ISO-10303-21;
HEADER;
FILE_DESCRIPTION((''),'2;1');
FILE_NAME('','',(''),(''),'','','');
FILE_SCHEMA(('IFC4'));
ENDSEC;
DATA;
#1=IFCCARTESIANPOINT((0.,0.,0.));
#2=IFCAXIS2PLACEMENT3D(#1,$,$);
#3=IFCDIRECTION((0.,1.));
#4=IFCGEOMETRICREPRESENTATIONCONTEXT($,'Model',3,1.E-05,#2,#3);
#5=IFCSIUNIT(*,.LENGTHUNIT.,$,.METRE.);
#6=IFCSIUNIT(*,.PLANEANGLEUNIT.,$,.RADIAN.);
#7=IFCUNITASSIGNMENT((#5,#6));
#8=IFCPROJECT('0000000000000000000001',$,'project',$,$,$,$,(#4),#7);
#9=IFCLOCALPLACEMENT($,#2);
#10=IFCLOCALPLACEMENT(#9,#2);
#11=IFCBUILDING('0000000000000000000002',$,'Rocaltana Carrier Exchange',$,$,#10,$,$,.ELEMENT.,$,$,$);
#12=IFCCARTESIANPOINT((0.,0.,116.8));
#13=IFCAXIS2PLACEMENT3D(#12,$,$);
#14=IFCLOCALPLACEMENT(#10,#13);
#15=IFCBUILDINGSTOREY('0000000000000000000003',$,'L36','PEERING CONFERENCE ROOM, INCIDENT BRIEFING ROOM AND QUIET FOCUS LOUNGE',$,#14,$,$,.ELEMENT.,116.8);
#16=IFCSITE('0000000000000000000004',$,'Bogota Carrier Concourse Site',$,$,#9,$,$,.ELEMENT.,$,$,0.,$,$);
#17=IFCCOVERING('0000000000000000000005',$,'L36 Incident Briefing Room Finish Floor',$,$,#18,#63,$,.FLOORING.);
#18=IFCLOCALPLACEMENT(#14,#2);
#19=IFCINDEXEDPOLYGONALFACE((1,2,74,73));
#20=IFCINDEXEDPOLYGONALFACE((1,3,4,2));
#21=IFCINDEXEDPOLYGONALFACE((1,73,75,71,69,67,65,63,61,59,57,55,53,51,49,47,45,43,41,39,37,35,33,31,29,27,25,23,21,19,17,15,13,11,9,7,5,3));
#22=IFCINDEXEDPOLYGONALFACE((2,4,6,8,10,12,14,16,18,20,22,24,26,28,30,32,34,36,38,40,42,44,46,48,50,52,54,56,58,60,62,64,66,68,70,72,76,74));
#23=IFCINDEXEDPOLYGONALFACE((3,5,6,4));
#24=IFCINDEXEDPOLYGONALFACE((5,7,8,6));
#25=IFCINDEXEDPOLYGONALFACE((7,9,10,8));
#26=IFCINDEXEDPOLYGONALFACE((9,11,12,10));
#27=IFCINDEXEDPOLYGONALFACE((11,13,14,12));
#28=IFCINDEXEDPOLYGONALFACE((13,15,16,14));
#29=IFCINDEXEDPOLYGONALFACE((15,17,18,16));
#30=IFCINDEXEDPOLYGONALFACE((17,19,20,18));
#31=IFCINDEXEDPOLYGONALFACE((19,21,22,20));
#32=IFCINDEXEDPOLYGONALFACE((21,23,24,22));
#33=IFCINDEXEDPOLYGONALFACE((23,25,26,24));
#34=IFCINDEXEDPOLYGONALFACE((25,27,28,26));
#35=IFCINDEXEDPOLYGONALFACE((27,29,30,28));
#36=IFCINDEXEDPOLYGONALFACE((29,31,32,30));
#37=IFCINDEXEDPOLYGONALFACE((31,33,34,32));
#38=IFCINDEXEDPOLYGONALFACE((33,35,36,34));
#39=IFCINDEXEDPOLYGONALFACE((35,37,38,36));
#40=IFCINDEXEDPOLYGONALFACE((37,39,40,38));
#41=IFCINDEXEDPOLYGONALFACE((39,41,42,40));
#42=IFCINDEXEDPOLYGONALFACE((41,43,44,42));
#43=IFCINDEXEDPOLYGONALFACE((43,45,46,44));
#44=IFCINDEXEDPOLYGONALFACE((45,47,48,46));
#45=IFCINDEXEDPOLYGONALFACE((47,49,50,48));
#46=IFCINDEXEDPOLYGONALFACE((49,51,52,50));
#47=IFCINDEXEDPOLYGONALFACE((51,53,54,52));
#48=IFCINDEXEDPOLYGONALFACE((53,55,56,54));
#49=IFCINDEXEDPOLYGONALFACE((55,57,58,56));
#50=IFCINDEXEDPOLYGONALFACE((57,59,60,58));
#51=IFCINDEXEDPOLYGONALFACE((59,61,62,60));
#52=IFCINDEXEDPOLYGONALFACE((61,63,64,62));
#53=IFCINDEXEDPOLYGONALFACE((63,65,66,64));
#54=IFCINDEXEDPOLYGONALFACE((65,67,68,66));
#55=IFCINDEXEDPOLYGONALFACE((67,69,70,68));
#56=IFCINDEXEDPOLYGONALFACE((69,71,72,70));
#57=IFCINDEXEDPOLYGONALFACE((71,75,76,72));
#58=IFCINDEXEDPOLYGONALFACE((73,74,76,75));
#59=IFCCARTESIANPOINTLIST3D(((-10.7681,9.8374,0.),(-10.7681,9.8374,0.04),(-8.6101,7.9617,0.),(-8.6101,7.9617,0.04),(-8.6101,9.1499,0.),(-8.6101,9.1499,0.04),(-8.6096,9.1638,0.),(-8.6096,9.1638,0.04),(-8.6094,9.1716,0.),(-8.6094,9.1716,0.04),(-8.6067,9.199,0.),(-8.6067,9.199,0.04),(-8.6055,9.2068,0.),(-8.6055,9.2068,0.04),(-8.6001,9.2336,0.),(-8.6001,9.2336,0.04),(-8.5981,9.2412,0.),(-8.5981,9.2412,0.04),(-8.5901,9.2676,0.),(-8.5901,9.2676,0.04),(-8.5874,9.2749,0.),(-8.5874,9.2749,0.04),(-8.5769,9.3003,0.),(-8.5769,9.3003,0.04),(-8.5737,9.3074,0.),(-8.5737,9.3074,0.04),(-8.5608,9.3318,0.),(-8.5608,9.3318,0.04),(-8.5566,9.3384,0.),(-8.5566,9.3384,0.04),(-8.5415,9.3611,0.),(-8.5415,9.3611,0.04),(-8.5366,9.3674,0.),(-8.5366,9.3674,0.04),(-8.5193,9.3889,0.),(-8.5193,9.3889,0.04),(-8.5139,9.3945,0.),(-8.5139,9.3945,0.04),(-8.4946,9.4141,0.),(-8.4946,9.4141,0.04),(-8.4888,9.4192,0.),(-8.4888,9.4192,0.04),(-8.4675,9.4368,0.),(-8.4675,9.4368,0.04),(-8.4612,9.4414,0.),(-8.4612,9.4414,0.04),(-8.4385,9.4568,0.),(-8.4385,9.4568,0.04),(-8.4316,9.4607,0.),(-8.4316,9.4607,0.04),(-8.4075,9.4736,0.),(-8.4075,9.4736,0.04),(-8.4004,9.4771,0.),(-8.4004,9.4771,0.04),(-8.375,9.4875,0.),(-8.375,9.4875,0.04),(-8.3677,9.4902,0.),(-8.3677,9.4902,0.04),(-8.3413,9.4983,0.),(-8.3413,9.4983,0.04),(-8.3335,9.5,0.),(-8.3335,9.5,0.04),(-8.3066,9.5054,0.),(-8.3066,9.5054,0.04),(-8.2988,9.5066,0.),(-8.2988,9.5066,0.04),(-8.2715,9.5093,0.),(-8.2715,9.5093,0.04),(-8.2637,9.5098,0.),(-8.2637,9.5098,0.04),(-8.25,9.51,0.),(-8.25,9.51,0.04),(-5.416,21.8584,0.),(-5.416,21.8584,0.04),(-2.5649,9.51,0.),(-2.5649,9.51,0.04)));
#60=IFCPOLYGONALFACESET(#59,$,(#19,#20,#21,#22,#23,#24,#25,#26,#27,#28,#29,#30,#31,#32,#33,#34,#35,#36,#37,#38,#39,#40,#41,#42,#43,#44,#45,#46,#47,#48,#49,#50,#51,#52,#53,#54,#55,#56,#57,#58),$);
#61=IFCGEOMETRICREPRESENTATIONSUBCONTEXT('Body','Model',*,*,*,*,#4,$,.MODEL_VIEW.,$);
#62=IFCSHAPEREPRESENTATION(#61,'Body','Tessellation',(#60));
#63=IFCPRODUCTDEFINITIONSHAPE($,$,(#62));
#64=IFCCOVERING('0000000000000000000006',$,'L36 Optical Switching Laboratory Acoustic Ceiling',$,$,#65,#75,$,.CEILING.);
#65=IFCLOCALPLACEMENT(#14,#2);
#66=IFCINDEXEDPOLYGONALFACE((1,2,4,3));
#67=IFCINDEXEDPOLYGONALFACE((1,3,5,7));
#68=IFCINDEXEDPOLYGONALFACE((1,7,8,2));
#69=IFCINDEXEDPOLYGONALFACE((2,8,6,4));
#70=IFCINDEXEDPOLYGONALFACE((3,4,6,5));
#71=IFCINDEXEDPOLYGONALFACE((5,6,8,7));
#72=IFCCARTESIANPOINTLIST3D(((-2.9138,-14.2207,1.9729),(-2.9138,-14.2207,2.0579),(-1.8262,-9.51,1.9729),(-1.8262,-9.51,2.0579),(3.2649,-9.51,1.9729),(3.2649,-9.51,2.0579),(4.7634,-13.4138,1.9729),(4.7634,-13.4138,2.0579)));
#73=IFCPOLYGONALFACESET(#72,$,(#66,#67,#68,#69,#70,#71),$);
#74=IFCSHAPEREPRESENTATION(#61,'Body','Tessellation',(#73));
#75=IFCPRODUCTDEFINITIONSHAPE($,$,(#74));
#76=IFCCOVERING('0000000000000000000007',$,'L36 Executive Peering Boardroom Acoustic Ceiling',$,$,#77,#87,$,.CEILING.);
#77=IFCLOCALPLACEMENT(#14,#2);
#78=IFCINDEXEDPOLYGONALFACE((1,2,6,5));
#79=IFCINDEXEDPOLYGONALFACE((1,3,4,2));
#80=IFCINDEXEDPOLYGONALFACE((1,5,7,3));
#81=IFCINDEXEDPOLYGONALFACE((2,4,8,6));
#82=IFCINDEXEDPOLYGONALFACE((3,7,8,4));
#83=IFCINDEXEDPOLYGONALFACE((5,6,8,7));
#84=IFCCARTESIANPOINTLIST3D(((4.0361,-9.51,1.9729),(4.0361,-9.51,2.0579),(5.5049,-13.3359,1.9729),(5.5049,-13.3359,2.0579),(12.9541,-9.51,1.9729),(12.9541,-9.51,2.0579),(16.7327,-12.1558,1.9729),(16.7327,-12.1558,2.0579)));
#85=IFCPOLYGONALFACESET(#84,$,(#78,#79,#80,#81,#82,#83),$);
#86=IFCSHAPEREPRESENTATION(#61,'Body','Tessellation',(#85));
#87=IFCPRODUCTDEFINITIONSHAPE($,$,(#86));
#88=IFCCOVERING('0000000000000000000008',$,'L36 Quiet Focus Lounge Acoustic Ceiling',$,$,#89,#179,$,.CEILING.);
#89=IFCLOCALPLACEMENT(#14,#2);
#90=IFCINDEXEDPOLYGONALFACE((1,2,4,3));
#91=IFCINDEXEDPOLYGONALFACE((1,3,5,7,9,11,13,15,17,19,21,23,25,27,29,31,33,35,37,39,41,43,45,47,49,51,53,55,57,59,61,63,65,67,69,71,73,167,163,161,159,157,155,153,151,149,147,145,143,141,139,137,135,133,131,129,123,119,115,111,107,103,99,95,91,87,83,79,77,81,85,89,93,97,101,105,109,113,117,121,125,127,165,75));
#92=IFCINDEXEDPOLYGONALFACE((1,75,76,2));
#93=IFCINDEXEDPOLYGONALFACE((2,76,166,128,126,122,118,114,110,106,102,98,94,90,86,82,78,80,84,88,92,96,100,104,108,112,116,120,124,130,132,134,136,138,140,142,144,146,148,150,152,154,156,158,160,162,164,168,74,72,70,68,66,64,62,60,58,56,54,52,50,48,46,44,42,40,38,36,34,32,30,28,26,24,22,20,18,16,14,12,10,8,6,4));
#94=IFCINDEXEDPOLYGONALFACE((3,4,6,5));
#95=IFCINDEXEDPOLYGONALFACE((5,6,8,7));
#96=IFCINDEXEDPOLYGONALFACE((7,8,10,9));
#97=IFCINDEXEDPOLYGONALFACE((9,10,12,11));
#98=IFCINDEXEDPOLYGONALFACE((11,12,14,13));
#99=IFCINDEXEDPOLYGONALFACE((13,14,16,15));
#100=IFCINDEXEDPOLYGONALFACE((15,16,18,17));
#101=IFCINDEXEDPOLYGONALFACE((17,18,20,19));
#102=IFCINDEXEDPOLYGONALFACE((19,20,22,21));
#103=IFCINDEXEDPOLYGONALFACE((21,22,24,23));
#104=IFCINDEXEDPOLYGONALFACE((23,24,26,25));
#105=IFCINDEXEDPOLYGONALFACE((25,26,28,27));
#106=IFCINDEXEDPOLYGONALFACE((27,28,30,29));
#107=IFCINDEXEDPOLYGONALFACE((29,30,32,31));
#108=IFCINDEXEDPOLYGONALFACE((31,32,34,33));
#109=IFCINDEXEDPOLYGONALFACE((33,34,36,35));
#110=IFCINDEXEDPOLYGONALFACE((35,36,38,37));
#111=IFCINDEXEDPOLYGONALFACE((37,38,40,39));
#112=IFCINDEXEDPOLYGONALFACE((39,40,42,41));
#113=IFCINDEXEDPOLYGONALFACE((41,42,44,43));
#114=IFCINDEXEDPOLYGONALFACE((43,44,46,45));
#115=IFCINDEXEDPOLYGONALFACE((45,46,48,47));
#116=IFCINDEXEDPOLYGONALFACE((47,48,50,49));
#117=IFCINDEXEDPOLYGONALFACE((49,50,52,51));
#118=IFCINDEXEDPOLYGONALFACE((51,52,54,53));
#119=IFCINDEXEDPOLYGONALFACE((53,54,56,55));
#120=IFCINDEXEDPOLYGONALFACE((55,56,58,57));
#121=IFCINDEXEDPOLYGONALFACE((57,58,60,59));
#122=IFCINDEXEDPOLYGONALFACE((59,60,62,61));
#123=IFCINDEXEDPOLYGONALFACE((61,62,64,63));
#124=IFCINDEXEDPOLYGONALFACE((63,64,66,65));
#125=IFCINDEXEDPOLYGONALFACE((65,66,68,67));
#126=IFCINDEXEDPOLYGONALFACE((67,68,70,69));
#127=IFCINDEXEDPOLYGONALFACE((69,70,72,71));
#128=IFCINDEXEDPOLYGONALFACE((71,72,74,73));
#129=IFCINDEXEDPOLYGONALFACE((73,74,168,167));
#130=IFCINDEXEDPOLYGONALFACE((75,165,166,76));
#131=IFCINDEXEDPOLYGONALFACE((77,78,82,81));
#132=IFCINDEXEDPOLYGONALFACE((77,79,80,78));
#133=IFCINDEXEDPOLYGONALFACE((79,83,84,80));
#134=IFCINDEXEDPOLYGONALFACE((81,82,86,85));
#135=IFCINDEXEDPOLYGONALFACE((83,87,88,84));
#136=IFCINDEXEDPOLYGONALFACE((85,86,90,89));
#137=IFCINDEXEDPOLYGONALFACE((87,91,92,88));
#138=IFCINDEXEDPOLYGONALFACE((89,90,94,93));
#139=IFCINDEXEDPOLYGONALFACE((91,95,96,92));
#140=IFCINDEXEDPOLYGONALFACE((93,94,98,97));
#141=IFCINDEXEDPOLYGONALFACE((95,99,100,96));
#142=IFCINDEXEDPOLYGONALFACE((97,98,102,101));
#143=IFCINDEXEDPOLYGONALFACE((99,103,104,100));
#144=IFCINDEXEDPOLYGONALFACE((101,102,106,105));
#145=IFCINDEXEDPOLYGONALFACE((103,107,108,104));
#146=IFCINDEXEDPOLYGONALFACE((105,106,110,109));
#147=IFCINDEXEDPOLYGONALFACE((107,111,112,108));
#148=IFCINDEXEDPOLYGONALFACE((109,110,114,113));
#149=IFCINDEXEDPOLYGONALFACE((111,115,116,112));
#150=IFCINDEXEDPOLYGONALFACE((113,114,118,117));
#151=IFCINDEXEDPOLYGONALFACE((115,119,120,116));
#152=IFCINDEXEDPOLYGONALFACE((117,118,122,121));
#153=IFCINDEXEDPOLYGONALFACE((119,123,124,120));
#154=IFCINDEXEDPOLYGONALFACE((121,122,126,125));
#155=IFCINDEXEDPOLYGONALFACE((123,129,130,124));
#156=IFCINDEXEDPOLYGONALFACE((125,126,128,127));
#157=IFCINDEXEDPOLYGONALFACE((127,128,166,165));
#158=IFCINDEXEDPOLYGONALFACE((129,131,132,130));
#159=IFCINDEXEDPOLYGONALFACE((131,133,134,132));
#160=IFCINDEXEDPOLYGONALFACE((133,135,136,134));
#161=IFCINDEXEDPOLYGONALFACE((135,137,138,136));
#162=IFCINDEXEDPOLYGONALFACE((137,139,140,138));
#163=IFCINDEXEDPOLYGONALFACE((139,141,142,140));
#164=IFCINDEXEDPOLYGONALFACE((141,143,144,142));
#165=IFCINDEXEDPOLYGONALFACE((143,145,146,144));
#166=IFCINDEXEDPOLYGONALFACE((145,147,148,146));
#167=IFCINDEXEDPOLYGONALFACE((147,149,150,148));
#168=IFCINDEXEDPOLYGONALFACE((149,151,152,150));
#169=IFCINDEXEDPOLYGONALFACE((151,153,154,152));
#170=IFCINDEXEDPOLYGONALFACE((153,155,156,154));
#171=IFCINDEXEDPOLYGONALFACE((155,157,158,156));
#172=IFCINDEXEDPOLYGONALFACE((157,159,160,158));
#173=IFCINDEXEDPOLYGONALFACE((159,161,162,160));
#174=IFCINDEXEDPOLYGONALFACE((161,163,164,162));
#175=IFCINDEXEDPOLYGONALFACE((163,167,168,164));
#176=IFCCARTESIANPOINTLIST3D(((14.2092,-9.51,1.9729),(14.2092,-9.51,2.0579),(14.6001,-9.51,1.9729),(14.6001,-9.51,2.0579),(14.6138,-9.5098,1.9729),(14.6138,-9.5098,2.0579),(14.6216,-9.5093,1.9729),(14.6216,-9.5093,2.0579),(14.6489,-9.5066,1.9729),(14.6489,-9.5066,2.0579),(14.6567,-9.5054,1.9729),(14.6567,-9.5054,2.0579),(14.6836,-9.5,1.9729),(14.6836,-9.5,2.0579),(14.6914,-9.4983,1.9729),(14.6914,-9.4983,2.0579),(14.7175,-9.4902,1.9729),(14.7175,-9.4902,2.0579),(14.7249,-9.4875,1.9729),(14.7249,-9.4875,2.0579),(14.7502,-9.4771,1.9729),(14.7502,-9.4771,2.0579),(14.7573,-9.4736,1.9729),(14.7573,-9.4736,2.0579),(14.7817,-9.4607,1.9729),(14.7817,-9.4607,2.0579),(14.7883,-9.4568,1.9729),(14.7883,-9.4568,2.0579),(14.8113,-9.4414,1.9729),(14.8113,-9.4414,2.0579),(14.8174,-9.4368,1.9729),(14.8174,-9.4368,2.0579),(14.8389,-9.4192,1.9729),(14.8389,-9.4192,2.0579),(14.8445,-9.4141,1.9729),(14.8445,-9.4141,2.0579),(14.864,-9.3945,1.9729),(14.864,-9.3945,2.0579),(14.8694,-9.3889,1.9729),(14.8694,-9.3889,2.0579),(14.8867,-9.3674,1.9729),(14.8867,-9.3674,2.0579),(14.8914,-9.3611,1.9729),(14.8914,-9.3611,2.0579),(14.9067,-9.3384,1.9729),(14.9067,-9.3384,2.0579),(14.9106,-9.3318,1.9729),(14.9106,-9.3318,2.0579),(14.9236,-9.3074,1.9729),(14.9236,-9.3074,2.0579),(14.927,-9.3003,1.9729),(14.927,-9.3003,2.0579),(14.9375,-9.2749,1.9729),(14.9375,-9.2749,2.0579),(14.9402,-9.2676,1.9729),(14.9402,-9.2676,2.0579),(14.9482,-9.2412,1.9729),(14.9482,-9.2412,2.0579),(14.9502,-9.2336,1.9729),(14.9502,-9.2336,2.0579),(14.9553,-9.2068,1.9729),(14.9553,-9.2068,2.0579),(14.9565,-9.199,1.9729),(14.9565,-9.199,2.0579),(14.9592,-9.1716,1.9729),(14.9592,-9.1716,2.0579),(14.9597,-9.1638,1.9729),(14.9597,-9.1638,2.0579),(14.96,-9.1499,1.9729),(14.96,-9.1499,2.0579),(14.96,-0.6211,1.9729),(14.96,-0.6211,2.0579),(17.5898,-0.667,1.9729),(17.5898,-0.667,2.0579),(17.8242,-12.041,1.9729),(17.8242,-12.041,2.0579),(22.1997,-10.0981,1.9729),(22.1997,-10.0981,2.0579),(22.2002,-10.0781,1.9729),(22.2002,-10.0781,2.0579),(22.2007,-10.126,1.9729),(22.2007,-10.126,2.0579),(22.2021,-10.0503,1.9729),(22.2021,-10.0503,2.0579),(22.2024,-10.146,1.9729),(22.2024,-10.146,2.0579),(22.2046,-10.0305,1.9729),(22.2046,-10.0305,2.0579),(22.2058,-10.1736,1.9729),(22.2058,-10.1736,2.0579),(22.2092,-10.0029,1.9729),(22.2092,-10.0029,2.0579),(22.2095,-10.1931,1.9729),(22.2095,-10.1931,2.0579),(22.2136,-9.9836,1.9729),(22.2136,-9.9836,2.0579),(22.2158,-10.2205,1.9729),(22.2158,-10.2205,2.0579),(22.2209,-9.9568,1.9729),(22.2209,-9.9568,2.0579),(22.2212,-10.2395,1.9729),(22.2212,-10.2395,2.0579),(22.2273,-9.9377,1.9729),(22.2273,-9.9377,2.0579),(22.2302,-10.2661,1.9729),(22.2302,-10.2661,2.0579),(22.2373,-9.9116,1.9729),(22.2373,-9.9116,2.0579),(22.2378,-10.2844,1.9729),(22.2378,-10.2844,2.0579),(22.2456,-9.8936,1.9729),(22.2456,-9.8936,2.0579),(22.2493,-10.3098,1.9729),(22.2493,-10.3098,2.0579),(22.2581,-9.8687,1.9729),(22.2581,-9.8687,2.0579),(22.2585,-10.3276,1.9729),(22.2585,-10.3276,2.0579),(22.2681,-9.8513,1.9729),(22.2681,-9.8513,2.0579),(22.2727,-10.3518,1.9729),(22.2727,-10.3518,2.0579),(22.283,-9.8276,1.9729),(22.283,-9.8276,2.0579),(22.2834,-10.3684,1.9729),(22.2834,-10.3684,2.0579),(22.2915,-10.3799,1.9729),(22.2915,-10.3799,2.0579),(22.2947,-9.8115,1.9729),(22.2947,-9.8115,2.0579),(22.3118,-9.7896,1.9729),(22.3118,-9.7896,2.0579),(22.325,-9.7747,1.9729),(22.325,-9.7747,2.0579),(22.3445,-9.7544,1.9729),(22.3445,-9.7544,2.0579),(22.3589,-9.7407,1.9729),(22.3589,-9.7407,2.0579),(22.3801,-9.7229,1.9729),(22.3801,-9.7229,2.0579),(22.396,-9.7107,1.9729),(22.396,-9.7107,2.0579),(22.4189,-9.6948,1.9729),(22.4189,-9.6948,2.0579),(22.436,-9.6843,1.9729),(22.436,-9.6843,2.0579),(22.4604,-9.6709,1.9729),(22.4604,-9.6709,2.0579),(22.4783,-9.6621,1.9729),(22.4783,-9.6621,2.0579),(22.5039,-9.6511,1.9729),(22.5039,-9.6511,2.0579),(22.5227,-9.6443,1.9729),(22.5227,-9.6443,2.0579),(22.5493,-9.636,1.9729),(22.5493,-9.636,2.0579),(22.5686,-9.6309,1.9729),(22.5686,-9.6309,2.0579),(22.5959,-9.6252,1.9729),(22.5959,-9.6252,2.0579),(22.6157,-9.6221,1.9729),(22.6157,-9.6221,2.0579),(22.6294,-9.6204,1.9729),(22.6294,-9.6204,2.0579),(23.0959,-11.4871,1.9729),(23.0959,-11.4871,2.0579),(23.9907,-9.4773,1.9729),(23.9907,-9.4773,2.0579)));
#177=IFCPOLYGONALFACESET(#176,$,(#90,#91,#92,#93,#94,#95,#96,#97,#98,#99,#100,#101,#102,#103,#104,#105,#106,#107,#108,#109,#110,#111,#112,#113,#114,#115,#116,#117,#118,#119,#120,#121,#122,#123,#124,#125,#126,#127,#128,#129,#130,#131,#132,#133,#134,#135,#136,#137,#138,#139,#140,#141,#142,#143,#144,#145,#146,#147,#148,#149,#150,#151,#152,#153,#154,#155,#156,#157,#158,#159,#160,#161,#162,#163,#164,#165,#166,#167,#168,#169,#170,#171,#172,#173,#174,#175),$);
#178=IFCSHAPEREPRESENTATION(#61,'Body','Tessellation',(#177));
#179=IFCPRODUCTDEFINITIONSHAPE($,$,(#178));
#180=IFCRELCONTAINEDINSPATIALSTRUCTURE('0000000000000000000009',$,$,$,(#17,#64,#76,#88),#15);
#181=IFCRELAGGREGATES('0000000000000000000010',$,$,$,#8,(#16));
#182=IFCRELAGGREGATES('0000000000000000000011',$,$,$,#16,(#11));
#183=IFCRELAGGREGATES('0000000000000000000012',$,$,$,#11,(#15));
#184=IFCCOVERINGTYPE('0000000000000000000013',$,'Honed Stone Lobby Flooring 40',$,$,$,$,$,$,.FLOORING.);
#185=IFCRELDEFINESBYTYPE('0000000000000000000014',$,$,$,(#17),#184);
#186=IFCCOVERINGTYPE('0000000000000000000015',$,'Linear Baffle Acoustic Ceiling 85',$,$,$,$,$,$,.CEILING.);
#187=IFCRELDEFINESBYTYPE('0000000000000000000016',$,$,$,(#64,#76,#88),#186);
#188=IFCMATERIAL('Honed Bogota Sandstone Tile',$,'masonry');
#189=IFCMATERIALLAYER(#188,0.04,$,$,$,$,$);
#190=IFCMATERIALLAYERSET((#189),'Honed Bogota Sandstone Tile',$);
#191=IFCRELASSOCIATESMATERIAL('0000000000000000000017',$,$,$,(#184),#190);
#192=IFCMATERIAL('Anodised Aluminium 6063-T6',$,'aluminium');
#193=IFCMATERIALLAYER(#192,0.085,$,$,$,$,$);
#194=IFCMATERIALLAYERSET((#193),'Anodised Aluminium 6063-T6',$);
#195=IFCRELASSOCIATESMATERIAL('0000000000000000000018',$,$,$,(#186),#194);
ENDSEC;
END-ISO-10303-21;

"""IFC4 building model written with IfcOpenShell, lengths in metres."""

from ifc_helpers import new_model, si_unit, direction, frame, origin, place, context, subcontext, project, spatial, polyline, outline, extrude, material, layer, layer_set, type_object, element, save


model = new_model("IFC4")

# Units and contexts
model_context = context("Model", 3, precision=1e-05, world=origin(), true_north=direction((0.0, 1.0)))
body_context = subcontext(model_context, "Body", "Model", "MODEL_VIEW")
ifc_project = project(units=[si_unit("LENGTHUNIT", "METRE"), si_unit("PLANEANGLEUNIT", "RADIAN")], contexts=[model_context])

# Site, building, storey
site_placement = place(None, origin())
site = spatial("IfcSite", under=ifc_project, at=site_placement, Name="Bogota Carrier Concourse Site", CompositionType="ELEMENT", RefElevation=0.0)
building_placement = place(site_placement, origin())
building = spatial("IfcBuilding", under=site, at=building_placement, Name="Rocaltana Carrier Exchange", CompositionType="ELEMENT")
storey_placement = place(building_placement, frame((0.0, 0.0, 116.8)))
storey = spatial("IfcBuildingStorey", under=building, at=storey_placement, Name="L36", Description="PEERING CONFERENCE ROOM, INCIDENT BRIEFING ROOM AND QUIET FOCUS LOUNGE", CompositionType="ELEMENT", Elevation=116.8)

# Coverings
ifc_material_1 = material(Name="Honed Bogota Sandstone Tile", Category="masonry")
ifc_layer_1 = layer(ifc_material_1, 0.04)
ifc_layer_set_1 = layer_set([ifc_layer_1], Name="Honed Bogota Sandstone Tile")
covering_type_1 = type_object("IfcCoveringType", Name="Honed Stone Lobby Flooring 40", PredefinedType="FLOORING", material=ifc_layer_set_1)
covering_1_placement = place(storey_placement, origin())
element("IfcCovering", 1, at=covering_1_placement, inside=storey, type_object=covering_type_1, Name="L36 Incident Briefing Room Finish Floor", PredefinedType="FLOORING", context=body_context, shape_type="SweptSolid", body=[
    extrude(outline(polyline([(-5.416, 21.8584), (-2.5649, 9.51), (-8.25, 9.51), (-8.2637, 9.5098), (-8.2715, 9.5093), (-8.2988, 9.5066), (-8.3066, 9.5054), (-8.3335, 9.5), (-8.3413, 9.4983), (-8.3677, 9.4902), (-8.375, 9.4875), (-8.4004, 9.4771), (-8.4075, 9.4736), (-8.4316, 9.4607), (-8.4385, 9.4568), (-8.4612, 9.4414), (-8.4675, 9.4368), (-8.4888, 9.4192), (-8.4946, 9.4141), (-8.5139, 9.3945), (-8.5193, 9.3889), (-8.5366, 9.3674), (-8.5415, 9.3611), (-8.5566, 9.3384), (-8.5608, 9.3318), (-8.5737, 9.3074), (-8.5769, 9.3003), (-8.5874, 9.2749), (-8.5901, 9.2676), (-8.5981, 9.2412), (-8.6001, 9.2336), (-8.6055, 9.2068), (-8.6067, 9.199), (-8.6094, 9.1716), (-8.6096, 9.1638), (-8.6101, 9.1499), (-8.6101, 7.9617), (-10.7681, 9.8374), (-5.416, 21.8584)])), origin(), (0.0, 0.0, 1.0), 0.04),
])
ifc_material_2 = material(Name="Anodised Aluminium 6063-T6", Category="aluminium")
ifc_layer_2 = layer(ifc_material_2, 0.085)
ifc_layer_set_2 = layer_set([ifc_layer_2], Name="Anodised Aluminium 6063-T6")
covering_type_2 = type_object("IfcCoveringType", Name="Linear Baffle Acoustic Ceiling 85", PredefinedType="CEILING", material=ifc_layer_set_2)
covering_2_placement = place(storey_placement, frame((0.0, 0.0, 1.9729)))
element("IfcCovering", 2, at=covering_2_placement, inside=storey, type_object=covering_type_2, Name="L36 Optical Switching Laboratory Acoustic Ceiling", PredefinedType="CEILING", context=body_context, shape_type="SweptSolid", body=[
    extrude(outline(polyline([(-2.9138, -14.2207), (-1.8262, -9.51), (3.2649, -9.51), (4.7634, -13.4138), (-2.9138, -14.2207)])), origin(), (0.0, 0.0, 1.0), 0.085),
])
covering_3_placement = place(storey_placement, frame((0.0, 0.0, 1.9729)))
element("IfcCovering", 3, at=covering_3_placement, inside=storey, type_object=covering_type_2, Name="L36 Executive Peering Boardroom Acoustic Ceiling", PredefinedType="CEILING", context=body_context, shape_type="SweptSolid", body=[
    extrude(outline(polyline([(5.5049, -13.3359), (4.0361, -9.51), (12.9541, -9.51), (16.7327, -12.1558), (5.5049, -13.3359)])), origin(), (0.0, 0.0, 1.0), 0.085),
])
covering_4_placement = place(storey_placement, frame((0.0, 0.0, 1.9729)))
element("IfcCovering", 4, at=covering_4_placement, inside=storey, type_object=covering_type_2, Name="L36 Quiet Focus Lounge Acoustic Ceiling", PredefinedType="CEILING", context=body_context, shape_type="SweptSolid", body=[
    extrude(outline(polyline([(23.9907, -9.4773), (22.6294, -9.6204), (22.6157, -9.6221), (22.5959, -9.6252), (22.5686, -9.6309), (22.5493, -9.636), (22.5227, -9.6443), (22.5039, -9.6511), (22.4783, -9.6621), (22.4604, -9.6709), (22.436, -9.6843), (22.4189, -9.6948), (22.396, -9.7107), (22.3801, -9.7229), (22.3589, -9.7407), (22.3445, -9.7544), (22.325, -9.7747), (22.3118, -9.7896), (22.2947, -9.8115), (22.283, -9.8276), (22.2681, -9.8513), (22.2581, -9.8687), (22.2456, -9.8936), (22.2373, -9.9116), (22.2273, -9.9377), (22.2209, -9.9568), (22.2136, -9.9836), (22.2092, -10.0029), (22.2046, -10.0305), (22.2021, -10.0503), (22.2002, -10.0781), (22.1997, -10.0981), (22.2007, -10.126), (22.2024, -10.146), (22.2058, -10.1736), (22.2095, -10.1931), (22.2158, -10.2205), (22.2212, -10.2395), (22.2302, -10.2661), (22.2378, -10.2844), (22.2493, -10.3098), (22.2585, -10.3276), (22.2727, -10.3518), (22.2834, -10.3684), (22.2915, -10.3799), (23.0959, -11.4871), (17.8242, -12.041), (14.2092, -9.51), (14.6001, -9.51), (14.6138, -9.5098), (14.6216, -9.5093), (14.6489, -9.5066), (14.6567, -9.5054), (14.6836, -9.5), (14.6914, -9.4983), (14.7175, -9.4902), (14.7249, -9.4875), (14.7502, -9.4771), (14.7573, -9.4736), (14.7817, -9.4607), (14.7883, -9.4568), (14.8113, -9.4414), (14.8174, -9.4368), (14.8389, -9.4192), (14.8445, -9.4141), (14.864, -9.3945), (14.8694, -9.3889), (14.8867, -9.3674), (14.8914, -9.3611), (14.9067, -9.3384), (14.9106, -9.3318), (14.9236, -9.3074), (14.927, -9.3003), (14.9375, -9.2749), (14.9402, -9.2676), (14.9482, -9.2412), (14.9502, -9.2336), (14.9553, -9.2068), (14.9565, -9.199), (14.9592, -9.1716), (14.9597, -9.1638), (14.96, -9.1499), (14.96, -0.6211), (17.5898, -0.667), (23.9907, -9.4773)])), origin(), (0.0, 0.0, 1.0), 0.085),
])

save(model, "model.ifc")
